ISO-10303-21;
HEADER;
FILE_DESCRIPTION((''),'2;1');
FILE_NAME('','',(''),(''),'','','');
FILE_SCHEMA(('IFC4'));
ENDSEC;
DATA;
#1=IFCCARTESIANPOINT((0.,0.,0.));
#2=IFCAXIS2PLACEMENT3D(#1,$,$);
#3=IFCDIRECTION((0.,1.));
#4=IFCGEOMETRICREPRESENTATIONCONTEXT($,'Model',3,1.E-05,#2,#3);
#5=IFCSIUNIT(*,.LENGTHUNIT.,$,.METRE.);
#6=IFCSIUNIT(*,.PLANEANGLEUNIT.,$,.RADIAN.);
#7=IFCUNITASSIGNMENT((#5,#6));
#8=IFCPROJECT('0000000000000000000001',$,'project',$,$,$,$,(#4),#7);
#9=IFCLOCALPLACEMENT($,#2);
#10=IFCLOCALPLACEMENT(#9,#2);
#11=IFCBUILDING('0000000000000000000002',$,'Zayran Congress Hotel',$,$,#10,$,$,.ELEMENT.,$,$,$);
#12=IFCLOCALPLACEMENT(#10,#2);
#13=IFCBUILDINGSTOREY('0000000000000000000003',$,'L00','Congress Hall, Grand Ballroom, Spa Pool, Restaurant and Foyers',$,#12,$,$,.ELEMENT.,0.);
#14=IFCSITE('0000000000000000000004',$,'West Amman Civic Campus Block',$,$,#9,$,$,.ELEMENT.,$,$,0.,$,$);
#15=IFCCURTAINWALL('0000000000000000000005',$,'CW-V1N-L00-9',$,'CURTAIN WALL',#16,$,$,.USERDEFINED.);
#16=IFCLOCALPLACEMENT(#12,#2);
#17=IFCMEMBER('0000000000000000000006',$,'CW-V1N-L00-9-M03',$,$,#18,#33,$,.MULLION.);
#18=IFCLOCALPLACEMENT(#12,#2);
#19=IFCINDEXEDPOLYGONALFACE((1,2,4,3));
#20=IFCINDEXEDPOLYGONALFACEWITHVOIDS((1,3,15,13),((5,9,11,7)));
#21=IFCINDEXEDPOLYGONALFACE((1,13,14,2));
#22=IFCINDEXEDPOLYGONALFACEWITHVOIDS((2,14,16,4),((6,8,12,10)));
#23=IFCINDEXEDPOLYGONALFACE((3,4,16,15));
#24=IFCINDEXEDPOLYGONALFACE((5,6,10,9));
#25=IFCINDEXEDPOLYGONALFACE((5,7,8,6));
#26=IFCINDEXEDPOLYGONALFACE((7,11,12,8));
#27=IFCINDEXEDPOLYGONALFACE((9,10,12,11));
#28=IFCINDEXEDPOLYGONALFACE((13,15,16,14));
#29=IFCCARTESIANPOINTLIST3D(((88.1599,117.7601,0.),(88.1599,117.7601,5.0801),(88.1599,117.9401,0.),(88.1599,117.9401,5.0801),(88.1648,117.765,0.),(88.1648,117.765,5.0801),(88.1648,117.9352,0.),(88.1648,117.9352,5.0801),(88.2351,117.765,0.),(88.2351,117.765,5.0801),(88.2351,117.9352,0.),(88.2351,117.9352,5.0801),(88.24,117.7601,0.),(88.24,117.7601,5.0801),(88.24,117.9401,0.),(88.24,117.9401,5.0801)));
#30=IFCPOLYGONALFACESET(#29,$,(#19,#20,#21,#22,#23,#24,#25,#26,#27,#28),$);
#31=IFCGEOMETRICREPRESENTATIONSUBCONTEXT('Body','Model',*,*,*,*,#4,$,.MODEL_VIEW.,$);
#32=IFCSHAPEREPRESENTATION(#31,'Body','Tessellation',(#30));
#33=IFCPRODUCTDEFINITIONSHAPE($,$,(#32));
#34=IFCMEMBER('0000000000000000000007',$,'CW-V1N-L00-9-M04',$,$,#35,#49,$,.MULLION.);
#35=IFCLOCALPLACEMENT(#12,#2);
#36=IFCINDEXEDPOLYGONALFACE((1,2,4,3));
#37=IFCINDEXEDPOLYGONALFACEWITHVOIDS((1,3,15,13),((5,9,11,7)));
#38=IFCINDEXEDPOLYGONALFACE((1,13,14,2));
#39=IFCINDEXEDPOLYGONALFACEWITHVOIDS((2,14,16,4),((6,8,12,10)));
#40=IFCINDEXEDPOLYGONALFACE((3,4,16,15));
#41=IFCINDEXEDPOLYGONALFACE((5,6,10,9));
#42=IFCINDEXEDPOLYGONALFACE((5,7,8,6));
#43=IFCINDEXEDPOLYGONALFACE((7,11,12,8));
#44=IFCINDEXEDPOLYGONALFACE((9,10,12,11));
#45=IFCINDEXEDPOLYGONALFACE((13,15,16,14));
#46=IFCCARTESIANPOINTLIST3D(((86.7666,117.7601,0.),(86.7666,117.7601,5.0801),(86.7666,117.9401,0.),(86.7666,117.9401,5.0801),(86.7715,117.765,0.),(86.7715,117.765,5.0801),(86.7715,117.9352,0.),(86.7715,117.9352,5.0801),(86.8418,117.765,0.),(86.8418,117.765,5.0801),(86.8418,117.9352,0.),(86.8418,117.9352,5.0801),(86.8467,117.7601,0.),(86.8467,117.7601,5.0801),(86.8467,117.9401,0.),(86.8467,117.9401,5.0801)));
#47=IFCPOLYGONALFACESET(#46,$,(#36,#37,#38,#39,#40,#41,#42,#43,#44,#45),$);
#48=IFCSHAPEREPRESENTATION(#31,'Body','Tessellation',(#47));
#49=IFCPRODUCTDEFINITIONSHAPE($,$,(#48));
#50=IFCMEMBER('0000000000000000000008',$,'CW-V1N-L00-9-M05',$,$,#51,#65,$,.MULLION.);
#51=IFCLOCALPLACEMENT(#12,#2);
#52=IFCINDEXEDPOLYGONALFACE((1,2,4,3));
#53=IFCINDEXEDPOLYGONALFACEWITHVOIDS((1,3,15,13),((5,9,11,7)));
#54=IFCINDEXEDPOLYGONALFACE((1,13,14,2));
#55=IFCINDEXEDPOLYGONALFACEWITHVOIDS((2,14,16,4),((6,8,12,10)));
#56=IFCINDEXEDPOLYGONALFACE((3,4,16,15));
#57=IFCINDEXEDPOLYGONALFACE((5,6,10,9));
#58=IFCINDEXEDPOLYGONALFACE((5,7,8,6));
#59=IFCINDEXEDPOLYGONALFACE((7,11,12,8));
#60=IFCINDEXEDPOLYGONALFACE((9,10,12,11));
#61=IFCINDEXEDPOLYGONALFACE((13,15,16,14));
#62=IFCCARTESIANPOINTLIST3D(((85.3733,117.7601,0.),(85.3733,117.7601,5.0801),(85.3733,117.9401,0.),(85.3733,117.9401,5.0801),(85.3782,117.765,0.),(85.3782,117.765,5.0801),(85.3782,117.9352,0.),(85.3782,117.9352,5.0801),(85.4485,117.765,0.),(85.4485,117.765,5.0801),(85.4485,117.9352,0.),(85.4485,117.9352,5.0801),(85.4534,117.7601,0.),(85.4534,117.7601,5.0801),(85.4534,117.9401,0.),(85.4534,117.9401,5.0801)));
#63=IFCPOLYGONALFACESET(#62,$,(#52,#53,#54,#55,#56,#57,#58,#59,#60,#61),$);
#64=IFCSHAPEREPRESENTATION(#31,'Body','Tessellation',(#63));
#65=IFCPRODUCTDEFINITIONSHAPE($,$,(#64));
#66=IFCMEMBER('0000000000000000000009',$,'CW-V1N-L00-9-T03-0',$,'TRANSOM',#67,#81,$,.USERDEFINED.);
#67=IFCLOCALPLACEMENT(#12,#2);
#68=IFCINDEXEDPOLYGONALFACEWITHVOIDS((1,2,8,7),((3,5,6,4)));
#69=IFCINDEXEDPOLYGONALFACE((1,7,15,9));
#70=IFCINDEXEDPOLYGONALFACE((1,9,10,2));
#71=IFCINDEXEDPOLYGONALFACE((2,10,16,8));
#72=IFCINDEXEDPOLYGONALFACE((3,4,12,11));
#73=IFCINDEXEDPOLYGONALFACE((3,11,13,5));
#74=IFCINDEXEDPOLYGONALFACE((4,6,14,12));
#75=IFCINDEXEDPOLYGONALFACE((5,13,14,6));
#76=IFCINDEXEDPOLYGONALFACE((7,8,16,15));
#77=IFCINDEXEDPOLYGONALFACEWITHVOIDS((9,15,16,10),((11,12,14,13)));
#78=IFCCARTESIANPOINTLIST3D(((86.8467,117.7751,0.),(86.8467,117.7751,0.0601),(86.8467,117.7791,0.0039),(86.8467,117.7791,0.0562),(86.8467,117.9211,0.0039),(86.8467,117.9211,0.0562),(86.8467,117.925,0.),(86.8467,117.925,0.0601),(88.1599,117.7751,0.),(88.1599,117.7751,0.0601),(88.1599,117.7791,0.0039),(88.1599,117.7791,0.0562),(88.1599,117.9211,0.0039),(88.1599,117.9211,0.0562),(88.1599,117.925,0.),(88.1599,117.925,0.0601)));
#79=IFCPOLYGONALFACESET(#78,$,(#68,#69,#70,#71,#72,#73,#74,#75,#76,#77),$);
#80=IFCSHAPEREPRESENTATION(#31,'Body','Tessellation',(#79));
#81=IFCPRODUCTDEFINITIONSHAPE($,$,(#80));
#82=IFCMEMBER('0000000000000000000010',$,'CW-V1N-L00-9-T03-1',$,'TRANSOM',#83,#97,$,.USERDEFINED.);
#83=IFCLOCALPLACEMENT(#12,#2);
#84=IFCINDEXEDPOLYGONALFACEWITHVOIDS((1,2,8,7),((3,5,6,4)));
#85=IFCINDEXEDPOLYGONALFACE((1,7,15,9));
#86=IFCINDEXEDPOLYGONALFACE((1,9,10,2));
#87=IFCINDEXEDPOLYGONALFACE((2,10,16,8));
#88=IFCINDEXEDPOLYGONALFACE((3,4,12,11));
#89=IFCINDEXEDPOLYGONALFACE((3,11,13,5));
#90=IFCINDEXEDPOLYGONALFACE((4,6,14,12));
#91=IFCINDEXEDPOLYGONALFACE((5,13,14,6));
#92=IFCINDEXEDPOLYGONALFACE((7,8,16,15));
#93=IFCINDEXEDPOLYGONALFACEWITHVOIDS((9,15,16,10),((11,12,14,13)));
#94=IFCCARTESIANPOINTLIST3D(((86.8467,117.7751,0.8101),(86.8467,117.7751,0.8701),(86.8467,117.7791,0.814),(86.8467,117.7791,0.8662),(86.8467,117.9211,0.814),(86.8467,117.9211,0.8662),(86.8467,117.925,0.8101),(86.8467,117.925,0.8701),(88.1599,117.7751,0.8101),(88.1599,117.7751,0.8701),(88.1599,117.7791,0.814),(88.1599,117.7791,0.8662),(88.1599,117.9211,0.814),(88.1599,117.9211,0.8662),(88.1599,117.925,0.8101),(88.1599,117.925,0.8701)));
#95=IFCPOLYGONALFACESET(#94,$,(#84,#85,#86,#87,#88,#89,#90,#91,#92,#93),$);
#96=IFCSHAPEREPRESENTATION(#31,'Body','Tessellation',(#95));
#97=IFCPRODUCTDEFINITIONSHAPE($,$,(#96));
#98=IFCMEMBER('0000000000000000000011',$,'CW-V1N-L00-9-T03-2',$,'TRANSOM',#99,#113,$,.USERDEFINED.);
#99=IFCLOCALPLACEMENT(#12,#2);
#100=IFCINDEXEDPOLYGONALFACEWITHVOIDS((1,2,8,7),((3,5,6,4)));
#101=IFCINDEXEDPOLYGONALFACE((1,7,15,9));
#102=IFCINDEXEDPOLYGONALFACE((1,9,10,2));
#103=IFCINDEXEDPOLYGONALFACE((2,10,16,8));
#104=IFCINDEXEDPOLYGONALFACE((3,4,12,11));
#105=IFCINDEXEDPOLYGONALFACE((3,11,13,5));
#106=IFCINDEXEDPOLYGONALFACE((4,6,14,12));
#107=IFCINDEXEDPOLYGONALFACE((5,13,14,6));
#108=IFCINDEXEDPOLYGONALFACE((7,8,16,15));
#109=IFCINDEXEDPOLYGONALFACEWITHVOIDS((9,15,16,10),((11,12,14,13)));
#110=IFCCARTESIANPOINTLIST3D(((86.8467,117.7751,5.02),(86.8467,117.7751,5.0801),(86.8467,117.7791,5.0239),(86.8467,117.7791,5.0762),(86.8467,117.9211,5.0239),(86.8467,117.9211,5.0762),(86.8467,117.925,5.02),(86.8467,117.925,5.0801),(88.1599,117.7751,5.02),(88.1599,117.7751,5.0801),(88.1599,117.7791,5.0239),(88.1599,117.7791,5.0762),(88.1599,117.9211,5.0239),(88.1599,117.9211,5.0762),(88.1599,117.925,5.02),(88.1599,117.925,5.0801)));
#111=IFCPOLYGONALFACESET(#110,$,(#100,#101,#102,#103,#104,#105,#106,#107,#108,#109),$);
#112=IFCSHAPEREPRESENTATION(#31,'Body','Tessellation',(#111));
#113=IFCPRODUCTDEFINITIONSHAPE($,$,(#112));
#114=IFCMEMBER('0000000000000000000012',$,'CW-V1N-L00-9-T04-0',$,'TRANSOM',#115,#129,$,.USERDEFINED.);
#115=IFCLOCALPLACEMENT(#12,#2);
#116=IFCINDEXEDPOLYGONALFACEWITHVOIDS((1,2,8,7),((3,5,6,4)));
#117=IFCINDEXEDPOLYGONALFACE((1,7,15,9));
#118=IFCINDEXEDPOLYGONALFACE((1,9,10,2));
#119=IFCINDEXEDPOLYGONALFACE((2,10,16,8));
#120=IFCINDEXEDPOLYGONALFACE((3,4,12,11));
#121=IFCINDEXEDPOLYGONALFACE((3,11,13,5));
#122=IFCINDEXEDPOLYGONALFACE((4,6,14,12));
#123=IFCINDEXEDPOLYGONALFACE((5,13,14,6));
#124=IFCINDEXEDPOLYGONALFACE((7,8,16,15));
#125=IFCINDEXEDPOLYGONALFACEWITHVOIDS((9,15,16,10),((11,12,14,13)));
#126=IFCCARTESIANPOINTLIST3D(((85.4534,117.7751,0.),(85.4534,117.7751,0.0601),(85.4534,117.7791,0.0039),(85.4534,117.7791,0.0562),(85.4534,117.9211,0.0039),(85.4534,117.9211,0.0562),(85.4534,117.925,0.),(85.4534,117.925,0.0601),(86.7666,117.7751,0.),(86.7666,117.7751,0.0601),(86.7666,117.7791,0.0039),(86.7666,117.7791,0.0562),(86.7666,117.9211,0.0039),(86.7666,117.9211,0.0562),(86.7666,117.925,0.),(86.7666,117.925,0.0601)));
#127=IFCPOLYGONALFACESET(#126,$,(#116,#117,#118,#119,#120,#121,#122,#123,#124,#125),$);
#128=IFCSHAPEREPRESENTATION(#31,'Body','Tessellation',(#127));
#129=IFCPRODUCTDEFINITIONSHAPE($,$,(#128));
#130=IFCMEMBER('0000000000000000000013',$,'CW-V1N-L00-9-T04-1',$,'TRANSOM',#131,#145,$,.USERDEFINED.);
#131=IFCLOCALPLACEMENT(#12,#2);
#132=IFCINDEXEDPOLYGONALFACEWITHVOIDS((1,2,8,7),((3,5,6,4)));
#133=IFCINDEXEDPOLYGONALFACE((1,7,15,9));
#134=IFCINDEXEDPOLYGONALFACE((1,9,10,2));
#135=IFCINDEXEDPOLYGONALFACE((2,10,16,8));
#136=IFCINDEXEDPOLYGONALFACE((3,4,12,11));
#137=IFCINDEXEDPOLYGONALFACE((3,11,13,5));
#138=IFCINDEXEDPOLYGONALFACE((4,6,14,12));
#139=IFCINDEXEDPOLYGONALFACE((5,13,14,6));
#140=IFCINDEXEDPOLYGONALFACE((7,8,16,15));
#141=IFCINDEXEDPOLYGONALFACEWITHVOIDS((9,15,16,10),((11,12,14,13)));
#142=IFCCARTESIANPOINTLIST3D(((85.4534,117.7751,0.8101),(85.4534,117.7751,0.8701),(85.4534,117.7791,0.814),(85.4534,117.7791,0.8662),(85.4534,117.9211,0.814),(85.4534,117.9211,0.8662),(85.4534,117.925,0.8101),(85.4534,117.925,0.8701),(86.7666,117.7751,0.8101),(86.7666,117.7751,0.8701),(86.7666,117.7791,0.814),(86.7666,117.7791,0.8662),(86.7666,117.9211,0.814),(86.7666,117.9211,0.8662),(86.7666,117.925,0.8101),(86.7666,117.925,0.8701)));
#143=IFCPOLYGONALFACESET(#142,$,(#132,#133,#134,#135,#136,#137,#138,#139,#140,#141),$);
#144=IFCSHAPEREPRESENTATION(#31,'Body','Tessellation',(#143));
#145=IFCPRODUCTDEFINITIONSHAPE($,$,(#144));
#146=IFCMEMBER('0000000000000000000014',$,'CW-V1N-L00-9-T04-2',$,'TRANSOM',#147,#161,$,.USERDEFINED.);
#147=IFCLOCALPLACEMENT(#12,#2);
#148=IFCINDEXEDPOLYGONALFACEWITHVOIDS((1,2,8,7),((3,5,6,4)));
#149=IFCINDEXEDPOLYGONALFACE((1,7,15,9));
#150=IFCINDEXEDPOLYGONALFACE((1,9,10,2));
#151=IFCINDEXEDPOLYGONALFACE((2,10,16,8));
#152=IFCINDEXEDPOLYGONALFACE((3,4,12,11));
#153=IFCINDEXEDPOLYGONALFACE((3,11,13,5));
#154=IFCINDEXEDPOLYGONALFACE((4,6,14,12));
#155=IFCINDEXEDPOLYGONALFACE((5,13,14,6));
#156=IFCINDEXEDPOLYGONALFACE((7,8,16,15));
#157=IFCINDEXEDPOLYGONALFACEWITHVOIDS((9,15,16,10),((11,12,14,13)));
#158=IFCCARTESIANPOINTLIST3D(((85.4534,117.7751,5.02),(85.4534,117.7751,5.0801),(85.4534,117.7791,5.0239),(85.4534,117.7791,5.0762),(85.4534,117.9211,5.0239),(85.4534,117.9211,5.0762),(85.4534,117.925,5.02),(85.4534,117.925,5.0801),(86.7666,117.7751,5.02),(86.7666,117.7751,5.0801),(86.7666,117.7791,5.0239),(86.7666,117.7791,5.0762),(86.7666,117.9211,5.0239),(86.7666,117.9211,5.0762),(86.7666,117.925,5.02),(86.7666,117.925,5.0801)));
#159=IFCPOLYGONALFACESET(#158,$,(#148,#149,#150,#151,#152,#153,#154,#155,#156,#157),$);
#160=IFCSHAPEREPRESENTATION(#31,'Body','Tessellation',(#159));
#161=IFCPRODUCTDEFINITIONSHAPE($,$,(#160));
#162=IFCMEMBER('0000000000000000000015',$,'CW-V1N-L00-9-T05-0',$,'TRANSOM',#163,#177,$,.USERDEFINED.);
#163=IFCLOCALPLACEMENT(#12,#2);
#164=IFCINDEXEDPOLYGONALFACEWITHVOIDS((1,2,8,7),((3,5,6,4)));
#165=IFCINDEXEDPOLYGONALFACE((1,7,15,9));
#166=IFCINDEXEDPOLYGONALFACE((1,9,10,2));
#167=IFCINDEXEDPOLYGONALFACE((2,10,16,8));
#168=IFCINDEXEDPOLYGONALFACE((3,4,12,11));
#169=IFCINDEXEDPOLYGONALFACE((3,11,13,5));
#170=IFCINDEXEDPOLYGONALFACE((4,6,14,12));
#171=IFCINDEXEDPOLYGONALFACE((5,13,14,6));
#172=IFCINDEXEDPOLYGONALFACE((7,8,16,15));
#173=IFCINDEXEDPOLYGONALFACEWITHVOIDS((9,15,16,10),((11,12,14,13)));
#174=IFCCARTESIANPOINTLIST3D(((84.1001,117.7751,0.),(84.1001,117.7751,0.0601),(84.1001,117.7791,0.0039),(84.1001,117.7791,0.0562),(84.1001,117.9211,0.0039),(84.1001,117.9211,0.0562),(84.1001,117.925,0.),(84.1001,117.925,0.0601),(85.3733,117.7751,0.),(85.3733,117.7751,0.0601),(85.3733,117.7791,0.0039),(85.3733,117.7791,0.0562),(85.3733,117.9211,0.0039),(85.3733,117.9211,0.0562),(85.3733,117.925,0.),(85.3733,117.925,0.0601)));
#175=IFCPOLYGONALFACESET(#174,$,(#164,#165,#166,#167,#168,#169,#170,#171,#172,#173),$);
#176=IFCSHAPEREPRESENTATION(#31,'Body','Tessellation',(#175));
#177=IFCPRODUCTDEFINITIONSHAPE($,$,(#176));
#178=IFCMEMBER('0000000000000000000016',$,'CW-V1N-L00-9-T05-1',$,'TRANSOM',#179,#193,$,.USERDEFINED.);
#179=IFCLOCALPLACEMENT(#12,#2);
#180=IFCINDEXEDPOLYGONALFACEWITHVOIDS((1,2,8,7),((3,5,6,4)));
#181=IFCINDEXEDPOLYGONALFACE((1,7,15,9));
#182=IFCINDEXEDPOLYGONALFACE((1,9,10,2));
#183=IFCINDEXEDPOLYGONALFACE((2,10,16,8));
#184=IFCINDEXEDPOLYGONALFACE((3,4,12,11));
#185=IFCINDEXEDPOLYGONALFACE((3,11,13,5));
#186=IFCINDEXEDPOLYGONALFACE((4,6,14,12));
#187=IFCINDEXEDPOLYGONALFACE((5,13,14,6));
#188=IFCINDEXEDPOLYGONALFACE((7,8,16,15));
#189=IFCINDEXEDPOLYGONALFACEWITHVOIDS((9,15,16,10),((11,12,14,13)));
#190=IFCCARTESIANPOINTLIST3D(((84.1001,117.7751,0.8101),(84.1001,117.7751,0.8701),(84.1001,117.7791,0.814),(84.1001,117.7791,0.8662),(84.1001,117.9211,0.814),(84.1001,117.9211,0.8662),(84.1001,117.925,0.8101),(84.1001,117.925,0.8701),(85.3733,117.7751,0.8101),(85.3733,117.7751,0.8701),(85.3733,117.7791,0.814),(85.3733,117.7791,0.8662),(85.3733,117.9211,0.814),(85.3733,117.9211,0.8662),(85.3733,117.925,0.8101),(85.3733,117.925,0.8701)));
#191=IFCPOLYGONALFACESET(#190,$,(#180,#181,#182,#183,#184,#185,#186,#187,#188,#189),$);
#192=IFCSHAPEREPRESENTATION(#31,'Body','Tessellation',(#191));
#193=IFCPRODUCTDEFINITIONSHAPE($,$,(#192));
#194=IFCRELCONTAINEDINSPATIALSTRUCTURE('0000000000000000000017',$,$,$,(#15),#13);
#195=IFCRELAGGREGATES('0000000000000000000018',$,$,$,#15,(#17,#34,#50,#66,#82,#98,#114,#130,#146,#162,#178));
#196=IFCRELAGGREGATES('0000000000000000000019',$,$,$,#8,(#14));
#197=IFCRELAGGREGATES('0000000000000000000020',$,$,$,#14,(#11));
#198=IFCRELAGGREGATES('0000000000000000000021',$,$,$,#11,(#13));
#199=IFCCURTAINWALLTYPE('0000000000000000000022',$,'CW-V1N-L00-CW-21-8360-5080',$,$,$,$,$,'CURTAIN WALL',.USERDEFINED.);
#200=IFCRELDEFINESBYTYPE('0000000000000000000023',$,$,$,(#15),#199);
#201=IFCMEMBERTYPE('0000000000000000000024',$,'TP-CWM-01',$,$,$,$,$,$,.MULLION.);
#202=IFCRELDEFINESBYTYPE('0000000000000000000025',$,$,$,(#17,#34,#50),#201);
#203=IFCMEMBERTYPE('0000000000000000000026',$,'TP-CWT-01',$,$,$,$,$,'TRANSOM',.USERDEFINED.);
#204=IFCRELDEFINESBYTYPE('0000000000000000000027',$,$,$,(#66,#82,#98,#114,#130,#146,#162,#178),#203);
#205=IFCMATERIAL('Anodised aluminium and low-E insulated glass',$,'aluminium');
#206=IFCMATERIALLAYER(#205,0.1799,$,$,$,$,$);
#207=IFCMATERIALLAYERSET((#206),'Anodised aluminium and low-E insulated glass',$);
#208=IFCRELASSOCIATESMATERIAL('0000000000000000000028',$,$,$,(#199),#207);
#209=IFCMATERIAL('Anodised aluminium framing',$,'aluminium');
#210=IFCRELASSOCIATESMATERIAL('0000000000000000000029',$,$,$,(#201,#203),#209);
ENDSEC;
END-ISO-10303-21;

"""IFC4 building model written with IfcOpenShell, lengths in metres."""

from ifc_helpers import new_model, si_unit, direction, frame, origin, origin_2d, place, context, subcontext, project, spatial, hollow_rectangle, extrude, material, layer, layer_set, material_profile, profile_set, type_object, element, aggregate, save


model = new_model("IFC4")

# Units and contexts
model_context = context("Model", 3, precision=1e-05, world=origin(), true_north=direction((0.0, 1.0)))
body_context = subcontext(model_context, "Body", "Model", "MODEL_VIEW")
ifc_project = project(units=[si_unit("LENGTHUNIT", "METRE"), si_unit("PLANEANGLEUNIT", "RADIAN")], contexts=[model_context])

# Site, building, storey
site_placement = place(None, origin())
site = spatial("IfcSite", under=ifc_project, at=site_placement, Name="West Amman Civic Campus Block", CompositionType="ELEMENT", RefElevation=0.0)
building_placement = place(site_placement, origin())
building = spatial("IfcBuilding", under=site, at=building_placement, Name="Zayran Congress Hotel", CompositionType="ELEMENT")
storey_placement = place(building_placement, origin())
storey = spatial("IfcBuildingStorey", under=building, at=storey_placement, Name="L00", Description="Congress Hall, Grand Ballroom, Spa Pool, Restaurant and Foyers", CompositionType="ELEMENT", Elevation=0.0)

# Curtain wall, members
ifc_material_1 = material(Name="Anodised aluminium and low-E insulated glass", Category="aluminium")
ifc_layer_1 = layer(ifc_material_1, 0.1799)
ifc_layer_set_1 = layer_set([ifc_layer_1], Name="Anodised aluminium and low-E insulated glass")
curtain_wall_type = type_object("IfcCurtainWallType", Name="CW-V1N-L00-CW-21-8360-5080", ElementType="CURTAIN WALL", PredefinedType="USERDEFINED", material=ifc_layer_set_1)
curtain_wall_placement = place(storey_placement, origin())
curtain_wall = element("IfcCurtainWall", 1, at=curtain_wall_placement, inside=storey, type_object=curtain_wall_type, Name="CW-V1N-L00-9", ObjectType="CURTAIN WALL", PredefinedType="USERDEFINED")
ifc_material_2 = material(Name="Anodised aluminium framing", Category="aluminium")
ifc_material_profile_1 = material_profile(ifc_material_2, hollow_rectangle(XDim=0.0801, YDim=0.1799, WallThickness=0.0049, at=origin_2d()), Name="RHS 180x80x5")
ifc_profile_set_1 = profile_set([ifc_material_profile_1], Name="Anodised aluminium framing")
member_type_1 = type_object("IfcMemberType", Name="TP-CWM-01", PredefinedType="MULLION", material=ifc_profile_set_1)
member_1_placement = place(storey_placement, frame((88.2, 117.8501, 0.0), z_axis=(0.0, 0.0, 1.0), x_axis=(1.0, 0.0, 0.0)))
member_1 = element("IfcMember", 2, at=member_1_placement, type_object=member_type_1, Name="CW-V1N-L00-9-M03", PredefinedType="MULLION", context=body_context, shape_type="SweptSolid", body=[
    extrude(hollow_rectangle(XDim=0.0801, YDim=0.1799, WallThickness=0.0049, at=origin_2d()), origin(), (0.0, 0.0, 1.0), 5.0801),
])
member_2_placement = place(storey_placement, frame((86.8066, 117.8501, 0.0), z_axis=(0.0, 0.0, 1.0), x_axis=(1.0, 0.0, 0.0)))
member_2 = element("IfcMember", 3, at=member_2_placement, type_object=member_type_1, Name="CW-V1N-L00-9-M04", PredefinedType="MULLION", context=body_context, shape_type="SweptSolid", body=[
    extrude(hollow_rectangle(XDim=0.0801, YDim=0.1799, WallThickness=0.0049, at=origin_2d()), origin(), (0.0, 0.0, 1.0), 5.0801),
])
member_3_placement = place(storey_placement, frame((85.4133, 117.8501, 0.0), z_axis=(0.0, 0.0, 1.0), x_axis=(1.0, 0.0, 0.0)))
member_3 = element("IfcMember", 4, at=member_3_placement, type_object=member_type_1, Name="CW-V1N-L00-9-M05", PredefinedType="MULLION", context=body_context, shape_type="SweptSolid", body=[
    extrude(hollow_rectangle(XDim=0.0801, YDim=0.1799, WallThickness=0.0049, at=origin_2d()), origin(), (0.0, 0.0, 1.0), 5.0801),
])
ifc_material_profile_2 = material_profile(ifc_material_2, hollow_rectangle(XDim=0.0601, YDim=0.1499, WallThickness=0.0039, at=origin_2d()), Name="RHS 150x60x4")
ifc_profile_set_2 = profile_set([ifc_material_profile_2], Name="Anodised aluminium framing")
member_type_2 = type_object("IfcMemberType", Name="TP-CWT-01", ElementType="TRANSOM", PredefinedType="USERDEFINED", material=ifc_profile_set_2)
member_4_placement = place(storey_placement, frame((88.1599, 117.8501, 0.03), z_axis=(-1.0, 0.0, 0.0), x_axis=(0.0, 0.0, 1.0)))
member_4 = element("IfcMember", 5, at=member_4_placement, type_object=member_type_2, Name="CW-V1N-L00-9-T03-0", ObjectType="TRANSOM", PredefinedType="USERDEFINED", context=body_context, shape_type="SweptSolid", body=[
    extrude(hollow_rectangle(XDim=0.0601, YDim=0.1499, WallThickness=0.0039, at=origin_2d()), origin(), (0.0, 0.0, 1.0), 1.3132),
])
member_5_placement = place(storey_placement, frame((88.1599, 117.8501, 0.8401), z_axis=(-1.0, 0.0, 0.0), x_axis=(0.0, 0.0, 1.0)))
member_5 = element("IfcMember", 6, at=member_5_placement, type_object=member_type_2, Name="CW-V1N-L00-9-T03-1", ObjectType="TRANSOM", PredefinedType="USERDEFINED", context=body_context, shape_type="SweptSolid", body=[
    extrude(hollow_rectangle(XDim=0.0601, YDim=0.1499, WallThickness=0.0039, at=origin_2d()), origin(), (0.0, 0.0, 1.0), 1.3132),
])
member_6_placement = place(storey_placement, frame((88.1599, 117.8501, 5.05), z_axis=(-1.0, 0.0, 0.0), x_axis=(0.0, 0.0, 1.0)))
member_6 = element("IfcMember", 7, at=member_6_placement, type_object=member_type_2, Name="CW-V1N-L00-9-T03-2", ObjectType="TRANSOM", PredefinedType="USERDEFINED", context=body_context, shape_type="SweptSolid", body=[
    extrude(hollow_rectangle(XDim=0.0601, YDim=0.1499, WallThickness=0.0039, at=origin_2d()), origin(), (0.0, 0.0, 1.0), 1.3132),
])
member_7_placement = place(storey_placement, frame((86.7666, 117.8501, 0.03), z_axis=(-1.0, 0.0, 0.0), x_axis=(0.0, 0.0, 1.0)))
member_7 = element("IfcMember", 8, at=member_7_placement, type_object=member_type_2, Name="CW-V1N-L00-9-T04-0", ObjectType="TRANSOM", PredefinedType="USERDEFINED", context=body_context, shape_type="SweptSolid", body=[
    extrude(hollow_rectangle(XDim=0.0601, YDim=0.1499, WallThickness=0.0039, at=origin_2d()), origin(), (0.0, 0.0, 1.0), 1.3132),
])
member_8_placement = place(storey_placement, frame((86.7666, 117.8501, 0.8401), z_axis=(-1.0, 0.0, 0.0), x_axis=(0.0, 0.0, 1.0)))
member_8 = element("IfcMember", 9, at=member_8_placement, type_object=member_type_2, Name="CW-V1N-L00-9-T04-1", ObjectType="TRANSOM", PredefinedType="USERDEFINED", context=body_context, shape_type="SweptSolid", body=[
    extrude(hollow_rectangle(XDim=0.0601, YDim=0.1499, WallThickness=0.0039, at=origin_2d()), origin(), (0.0, 0.0, 1.0), 1.3132),
])
member_9_placement = place(storey_placement, frame((86.7666, 117.8501, 5.05), z_axis=(-1.0, 0.0, 0.0), x_axis=(0.0, 0.0, 1.0)))
member_9 = element("IfcMember", 10, at=member_9_placement, type_object=member_type_2, Name="CW-V1N-L00-9-T04-2", ObjectType="TRANSOM", PredefinedType="USERDEFINED", context=body_context, shape_type="SweptSolid", body=[
    extrude(hollow_rectangle(XDim=0.0601, YDim=0.1499, WallThickness=0.0039, at=origin_2d()), origin(), (0.0, 0.0, 1.0), 1.3132),
])
member_10_placement = place(storey_placement, frame((85.3733, 117.8501, 0.03), z_axis=(-1.0, 0.0, 0.0), x_axis=(0.0, 0.0, 1.0)))
member_10 = element("IfcMember", 11, at=member_10_placement, type_object=member_type_2, Name="CW-V1N-L00-9-T05-0", ObjectType="TRANSOM", PredefinedType="USERDEFINED", context=body_context, shape_type="SweptSolid", body=[
    extrude(hollow_rectangle(XDim=0.0601, YDim=0.1499, WallThickness=0.0039, at=origin_2d()), origin(), (0.0, 0.0, 1.0), 1.2732),
])
member_11_placement = place(storey_placement, frame((85.3733, 117.8501, 0.8401), z_axis=(-1.0, 0.0, 0.0), x_axis=(0.0, 0.0, 1.0)))
member_11 = element("IfcMember", 12, at=member_11_placement, type_object=member_type_2, Name="CW-V1N-L00-9-T05-1", ObjectType="TRANSOM", PredefinedType="USERDEFINED", context=body_context, shape_type="SweptSolid", body=[
    extrude(hollow_rectangle(XDim=0.0601, YDim=0.1499, WallThickness=0.0039, at=origin_2d()), origin(), (0.0, 0.0, 1.0), 1.2732),
])
aggregate(curtain_wall, [member_1, member_2, member_3, member_4, member_5, member_6, member_7, member_8, member_9, member_10, member_11])

save(model, "model.ifc")
